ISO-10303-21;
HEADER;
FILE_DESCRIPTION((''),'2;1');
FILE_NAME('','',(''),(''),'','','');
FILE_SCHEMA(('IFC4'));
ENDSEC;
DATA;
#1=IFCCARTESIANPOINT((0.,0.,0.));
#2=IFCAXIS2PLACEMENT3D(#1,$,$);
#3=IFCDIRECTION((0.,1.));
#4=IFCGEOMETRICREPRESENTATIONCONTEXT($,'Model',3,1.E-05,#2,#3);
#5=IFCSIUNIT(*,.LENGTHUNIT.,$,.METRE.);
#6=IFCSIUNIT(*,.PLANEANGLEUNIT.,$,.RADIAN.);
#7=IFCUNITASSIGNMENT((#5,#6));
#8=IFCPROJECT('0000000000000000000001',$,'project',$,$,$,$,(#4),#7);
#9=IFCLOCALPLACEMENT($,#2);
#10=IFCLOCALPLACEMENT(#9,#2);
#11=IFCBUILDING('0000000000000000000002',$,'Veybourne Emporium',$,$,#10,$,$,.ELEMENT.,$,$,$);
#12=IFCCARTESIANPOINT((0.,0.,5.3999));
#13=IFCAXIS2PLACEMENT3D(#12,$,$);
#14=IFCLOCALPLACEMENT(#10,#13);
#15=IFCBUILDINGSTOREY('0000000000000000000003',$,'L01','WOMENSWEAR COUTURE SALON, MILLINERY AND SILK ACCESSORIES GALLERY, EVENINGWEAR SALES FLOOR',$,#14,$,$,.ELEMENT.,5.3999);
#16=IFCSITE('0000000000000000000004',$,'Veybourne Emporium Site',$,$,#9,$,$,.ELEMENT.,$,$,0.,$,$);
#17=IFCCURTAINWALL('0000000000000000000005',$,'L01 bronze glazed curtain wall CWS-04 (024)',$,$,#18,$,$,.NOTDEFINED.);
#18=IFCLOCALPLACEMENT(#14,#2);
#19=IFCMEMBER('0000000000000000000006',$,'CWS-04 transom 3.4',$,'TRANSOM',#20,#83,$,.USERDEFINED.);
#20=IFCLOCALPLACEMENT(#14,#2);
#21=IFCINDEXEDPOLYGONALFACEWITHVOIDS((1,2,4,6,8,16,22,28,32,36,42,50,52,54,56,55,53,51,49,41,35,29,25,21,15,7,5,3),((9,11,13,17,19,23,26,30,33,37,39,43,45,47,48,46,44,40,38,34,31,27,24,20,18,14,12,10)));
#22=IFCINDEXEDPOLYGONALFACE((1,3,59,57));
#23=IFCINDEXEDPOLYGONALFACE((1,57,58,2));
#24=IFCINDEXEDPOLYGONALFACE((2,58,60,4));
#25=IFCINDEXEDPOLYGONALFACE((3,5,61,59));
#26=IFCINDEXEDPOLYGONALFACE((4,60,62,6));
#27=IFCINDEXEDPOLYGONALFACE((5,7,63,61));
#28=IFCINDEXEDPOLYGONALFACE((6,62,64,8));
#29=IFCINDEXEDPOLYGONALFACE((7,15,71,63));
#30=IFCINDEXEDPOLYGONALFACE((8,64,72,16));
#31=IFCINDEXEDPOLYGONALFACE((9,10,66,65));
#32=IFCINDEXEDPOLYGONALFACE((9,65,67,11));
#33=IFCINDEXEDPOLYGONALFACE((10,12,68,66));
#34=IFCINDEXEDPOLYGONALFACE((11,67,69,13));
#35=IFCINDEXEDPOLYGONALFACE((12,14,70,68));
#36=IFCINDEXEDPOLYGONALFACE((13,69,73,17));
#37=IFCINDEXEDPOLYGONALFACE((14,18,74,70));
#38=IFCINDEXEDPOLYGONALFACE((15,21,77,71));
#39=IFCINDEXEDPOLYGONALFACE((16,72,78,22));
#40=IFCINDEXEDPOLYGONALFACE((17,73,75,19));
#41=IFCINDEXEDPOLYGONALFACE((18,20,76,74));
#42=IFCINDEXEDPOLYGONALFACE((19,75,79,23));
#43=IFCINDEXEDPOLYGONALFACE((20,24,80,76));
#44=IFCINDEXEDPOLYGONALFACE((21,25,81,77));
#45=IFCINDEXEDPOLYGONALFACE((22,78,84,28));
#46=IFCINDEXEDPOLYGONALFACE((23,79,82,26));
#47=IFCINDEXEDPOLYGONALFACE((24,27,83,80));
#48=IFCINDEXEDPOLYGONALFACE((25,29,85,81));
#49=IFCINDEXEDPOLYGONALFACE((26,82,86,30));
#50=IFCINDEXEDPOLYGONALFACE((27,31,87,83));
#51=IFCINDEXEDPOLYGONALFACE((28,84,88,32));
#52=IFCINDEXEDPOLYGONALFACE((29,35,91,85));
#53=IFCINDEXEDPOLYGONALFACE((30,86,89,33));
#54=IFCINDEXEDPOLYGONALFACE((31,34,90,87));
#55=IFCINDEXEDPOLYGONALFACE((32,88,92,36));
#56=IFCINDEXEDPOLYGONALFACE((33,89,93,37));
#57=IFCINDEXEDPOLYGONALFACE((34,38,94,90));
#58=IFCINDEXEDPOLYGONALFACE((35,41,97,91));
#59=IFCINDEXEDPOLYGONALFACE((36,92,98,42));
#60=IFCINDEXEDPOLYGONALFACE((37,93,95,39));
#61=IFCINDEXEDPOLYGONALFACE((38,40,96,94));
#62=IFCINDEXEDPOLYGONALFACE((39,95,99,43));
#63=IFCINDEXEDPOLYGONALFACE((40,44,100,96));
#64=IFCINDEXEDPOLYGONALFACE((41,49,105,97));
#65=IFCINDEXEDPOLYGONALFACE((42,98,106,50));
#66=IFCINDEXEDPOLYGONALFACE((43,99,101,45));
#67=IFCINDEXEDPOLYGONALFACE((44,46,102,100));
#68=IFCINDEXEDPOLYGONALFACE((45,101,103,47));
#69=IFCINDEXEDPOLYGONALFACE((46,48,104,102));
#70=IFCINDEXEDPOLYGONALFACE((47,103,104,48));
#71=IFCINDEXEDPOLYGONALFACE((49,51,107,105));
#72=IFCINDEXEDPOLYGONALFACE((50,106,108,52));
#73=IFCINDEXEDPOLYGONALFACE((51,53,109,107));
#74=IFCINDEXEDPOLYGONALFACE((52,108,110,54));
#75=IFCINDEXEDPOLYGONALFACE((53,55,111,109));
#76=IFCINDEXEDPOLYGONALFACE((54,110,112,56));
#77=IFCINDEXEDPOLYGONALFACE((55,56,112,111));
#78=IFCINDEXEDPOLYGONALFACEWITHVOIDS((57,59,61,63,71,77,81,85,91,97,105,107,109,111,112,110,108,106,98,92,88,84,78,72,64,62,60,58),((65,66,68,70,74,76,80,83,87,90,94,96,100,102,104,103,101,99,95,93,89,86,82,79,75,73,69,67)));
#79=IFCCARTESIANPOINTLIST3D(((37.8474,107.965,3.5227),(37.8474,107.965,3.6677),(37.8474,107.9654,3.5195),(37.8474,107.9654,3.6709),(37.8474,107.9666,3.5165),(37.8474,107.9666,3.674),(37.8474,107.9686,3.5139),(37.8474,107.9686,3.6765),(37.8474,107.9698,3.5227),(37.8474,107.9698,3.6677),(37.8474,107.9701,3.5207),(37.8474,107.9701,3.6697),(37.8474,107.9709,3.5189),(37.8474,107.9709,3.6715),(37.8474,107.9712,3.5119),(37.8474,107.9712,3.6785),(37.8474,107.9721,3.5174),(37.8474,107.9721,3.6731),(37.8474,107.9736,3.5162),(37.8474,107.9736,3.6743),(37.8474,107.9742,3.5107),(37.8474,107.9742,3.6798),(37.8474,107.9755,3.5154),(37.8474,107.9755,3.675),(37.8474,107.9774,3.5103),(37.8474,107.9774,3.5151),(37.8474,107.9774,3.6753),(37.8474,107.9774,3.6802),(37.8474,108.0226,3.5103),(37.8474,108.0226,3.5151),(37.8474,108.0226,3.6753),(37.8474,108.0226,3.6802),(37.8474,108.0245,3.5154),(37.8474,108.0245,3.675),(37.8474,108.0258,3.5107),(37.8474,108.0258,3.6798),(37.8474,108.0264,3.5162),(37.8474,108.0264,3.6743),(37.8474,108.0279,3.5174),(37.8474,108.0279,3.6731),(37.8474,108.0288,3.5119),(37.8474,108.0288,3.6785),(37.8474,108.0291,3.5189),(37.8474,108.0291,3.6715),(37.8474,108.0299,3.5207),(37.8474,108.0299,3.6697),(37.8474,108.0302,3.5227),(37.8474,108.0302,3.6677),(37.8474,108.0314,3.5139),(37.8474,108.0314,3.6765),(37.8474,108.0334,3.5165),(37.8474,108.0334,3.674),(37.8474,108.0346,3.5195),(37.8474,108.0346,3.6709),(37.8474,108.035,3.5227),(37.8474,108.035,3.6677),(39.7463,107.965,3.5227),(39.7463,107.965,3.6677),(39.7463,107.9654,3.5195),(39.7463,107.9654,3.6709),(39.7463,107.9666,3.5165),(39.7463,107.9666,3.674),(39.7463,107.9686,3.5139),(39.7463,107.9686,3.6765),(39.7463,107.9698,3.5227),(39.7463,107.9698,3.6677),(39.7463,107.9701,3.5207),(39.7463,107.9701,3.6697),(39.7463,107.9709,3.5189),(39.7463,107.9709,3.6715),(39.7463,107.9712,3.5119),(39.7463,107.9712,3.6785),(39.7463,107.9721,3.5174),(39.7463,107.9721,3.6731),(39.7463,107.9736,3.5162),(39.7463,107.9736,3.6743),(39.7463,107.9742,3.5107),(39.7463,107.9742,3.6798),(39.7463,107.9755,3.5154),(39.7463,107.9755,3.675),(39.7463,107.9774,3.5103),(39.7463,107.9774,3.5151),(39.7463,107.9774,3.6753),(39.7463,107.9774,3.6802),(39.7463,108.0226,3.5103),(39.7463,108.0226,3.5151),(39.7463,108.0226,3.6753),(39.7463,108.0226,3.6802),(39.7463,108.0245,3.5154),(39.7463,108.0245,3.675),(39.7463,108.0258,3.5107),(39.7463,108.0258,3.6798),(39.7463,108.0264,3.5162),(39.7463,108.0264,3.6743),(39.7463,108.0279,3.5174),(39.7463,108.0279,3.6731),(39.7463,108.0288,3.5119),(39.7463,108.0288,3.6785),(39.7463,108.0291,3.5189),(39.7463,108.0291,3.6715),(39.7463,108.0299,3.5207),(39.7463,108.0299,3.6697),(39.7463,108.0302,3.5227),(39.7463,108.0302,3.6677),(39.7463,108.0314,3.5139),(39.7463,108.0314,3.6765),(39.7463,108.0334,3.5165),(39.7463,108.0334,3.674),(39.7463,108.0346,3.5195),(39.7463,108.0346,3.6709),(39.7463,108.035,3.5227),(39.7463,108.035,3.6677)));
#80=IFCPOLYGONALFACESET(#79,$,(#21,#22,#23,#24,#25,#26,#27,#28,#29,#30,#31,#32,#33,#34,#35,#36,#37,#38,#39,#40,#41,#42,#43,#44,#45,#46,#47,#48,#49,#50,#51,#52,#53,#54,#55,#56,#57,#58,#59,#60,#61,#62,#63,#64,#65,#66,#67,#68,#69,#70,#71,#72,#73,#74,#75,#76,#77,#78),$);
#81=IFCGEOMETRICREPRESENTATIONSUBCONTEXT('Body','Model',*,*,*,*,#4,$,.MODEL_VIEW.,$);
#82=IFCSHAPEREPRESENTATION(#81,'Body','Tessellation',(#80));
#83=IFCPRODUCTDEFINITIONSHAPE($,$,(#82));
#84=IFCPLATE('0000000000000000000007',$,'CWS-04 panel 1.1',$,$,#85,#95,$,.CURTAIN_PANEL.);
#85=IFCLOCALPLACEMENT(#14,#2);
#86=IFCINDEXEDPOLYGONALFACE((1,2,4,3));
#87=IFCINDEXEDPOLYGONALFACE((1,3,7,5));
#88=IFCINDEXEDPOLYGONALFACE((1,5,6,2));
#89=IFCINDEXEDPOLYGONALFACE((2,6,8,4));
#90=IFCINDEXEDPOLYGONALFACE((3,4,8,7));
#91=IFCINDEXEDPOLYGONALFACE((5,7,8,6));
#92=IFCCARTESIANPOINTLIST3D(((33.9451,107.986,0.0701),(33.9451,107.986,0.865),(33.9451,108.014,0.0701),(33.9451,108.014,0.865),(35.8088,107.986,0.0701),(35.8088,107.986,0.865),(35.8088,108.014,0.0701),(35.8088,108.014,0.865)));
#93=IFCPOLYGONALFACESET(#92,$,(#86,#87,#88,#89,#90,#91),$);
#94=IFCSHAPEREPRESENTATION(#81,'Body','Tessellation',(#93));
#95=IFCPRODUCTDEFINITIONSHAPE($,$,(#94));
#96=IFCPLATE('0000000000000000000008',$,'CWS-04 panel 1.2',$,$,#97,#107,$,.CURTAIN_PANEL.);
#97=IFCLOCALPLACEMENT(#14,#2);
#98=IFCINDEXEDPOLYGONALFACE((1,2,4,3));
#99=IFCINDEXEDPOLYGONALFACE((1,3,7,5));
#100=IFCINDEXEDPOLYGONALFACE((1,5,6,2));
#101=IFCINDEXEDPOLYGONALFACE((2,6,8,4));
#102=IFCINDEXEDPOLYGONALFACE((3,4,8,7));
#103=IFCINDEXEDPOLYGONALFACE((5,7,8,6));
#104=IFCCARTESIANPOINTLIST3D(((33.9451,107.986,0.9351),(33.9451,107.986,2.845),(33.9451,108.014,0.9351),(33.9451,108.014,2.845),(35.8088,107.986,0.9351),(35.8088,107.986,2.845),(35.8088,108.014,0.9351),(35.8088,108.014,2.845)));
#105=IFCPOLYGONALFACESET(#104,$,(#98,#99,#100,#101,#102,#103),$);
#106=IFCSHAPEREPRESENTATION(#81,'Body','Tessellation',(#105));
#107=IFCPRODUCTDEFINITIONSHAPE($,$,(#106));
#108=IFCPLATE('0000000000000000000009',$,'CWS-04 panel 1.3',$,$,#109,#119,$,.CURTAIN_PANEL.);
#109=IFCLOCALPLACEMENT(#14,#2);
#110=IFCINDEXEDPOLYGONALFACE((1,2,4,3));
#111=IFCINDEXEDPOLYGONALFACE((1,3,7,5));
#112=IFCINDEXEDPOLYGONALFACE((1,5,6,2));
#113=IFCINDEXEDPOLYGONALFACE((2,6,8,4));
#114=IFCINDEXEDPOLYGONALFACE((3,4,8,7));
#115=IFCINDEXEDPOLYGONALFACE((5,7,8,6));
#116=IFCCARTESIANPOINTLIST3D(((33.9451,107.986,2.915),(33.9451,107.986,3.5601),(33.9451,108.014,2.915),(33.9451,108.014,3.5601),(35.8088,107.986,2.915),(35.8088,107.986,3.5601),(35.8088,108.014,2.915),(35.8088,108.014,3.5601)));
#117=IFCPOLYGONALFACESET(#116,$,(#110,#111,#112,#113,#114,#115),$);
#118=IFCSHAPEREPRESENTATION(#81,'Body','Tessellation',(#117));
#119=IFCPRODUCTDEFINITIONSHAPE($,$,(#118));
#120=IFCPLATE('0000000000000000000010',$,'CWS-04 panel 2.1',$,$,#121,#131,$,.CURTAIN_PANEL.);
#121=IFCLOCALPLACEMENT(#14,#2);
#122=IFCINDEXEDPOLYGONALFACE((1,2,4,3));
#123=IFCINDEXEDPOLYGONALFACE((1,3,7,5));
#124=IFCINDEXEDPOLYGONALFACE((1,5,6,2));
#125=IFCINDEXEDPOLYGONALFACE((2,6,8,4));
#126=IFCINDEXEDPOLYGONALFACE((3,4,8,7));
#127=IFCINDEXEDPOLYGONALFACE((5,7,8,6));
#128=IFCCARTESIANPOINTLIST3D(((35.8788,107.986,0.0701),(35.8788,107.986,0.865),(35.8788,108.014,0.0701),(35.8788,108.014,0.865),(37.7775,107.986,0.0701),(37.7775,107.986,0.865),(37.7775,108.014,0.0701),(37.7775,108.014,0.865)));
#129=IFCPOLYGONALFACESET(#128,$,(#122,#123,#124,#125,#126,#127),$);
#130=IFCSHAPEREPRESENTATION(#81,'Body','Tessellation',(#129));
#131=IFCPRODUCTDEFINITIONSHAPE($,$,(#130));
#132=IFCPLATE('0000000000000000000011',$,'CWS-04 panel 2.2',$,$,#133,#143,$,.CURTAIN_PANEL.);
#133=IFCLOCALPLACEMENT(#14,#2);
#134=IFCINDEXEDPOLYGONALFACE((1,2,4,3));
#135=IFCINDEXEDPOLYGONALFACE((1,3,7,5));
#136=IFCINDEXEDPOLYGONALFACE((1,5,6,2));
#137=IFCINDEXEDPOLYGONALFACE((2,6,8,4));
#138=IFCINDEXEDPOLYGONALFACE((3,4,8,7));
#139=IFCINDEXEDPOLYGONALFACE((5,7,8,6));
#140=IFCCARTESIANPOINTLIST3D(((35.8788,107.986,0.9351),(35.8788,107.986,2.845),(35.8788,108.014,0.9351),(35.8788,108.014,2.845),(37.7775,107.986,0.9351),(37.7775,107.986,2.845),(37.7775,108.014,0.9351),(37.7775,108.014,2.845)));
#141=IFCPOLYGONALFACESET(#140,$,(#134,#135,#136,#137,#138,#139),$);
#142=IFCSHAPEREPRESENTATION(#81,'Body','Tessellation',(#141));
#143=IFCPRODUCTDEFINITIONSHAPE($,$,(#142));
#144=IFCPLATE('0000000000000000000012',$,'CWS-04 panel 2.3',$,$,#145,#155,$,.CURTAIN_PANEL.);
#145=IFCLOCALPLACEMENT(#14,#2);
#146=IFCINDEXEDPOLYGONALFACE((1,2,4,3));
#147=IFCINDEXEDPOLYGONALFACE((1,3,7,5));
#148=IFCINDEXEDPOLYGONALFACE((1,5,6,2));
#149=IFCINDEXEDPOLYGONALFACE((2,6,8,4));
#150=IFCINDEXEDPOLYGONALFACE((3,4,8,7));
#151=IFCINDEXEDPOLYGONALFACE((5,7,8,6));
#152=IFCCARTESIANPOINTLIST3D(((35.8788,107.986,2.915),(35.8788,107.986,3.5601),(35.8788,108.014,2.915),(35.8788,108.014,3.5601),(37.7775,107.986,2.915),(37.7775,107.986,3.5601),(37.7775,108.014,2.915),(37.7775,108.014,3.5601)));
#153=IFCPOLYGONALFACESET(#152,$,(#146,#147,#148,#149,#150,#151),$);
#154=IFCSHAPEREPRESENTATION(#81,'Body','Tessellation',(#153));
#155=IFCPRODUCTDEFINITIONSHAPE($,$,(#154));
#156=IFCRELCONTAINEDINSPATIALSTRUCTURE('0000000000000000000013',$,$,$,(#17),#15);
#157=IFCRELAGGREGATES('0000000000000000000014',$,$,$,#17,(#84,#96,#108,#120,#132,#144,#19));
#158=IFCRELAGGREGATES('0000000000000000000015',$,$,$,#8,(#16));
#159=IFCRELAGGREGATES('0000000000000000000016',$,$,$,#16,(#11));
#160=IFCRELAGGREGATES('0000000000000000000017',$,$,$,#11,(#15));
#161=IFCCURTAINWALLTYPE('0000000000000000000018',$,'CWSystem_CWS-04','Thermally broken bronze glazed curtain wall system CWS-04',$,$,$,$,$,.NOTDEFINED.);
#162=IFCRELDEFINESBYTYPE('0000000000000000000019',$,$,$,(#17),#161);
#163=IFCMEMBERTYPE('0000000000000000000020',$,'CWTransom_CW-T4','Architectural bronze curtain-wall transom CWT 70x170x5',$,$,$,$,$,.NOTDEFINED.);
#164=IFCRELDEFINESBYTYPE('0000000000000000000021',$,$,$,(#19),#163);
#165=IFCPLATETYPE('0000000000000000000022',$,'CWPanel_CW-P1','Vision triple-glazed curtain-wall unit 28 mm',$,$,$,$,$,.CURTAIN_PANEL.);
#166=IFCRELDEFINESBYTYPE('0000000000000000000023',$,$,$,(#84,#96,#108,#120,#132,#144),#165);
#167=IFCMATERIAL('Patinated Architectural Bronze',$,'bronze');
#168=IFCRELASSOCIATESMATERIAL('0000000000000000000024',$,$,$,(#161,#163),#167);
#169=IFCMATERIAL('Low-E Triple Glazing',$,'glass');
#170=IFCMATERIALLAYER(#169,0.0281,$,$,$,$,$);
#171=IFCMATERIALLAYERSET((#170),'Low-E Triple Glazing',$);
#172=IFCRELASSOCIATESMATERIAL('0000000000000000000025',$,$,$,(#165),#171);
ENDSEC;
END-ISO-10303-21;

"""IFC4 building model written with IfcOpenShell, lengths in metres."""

from ifc_helpers import new_model, si_unit, direction, frame, origin, origin_2d, place, context, subcontext, project, spatial, rectangle, hollow_rectangle, extrude, material, layer, layer_set, material_profile, profile_set, type_object, element, aggregate, save


model = new_model("IFC4")

# Units and contexts
model_context = context("Model", 3, precision=1e-05, world=origin(), true_north=direction((0.0, 1.0)))
body_context = subcontext(model_context, "Body", "Model", "MODEL_VIEW")
ifc_project = project(units=[si_unit("LENGTHUNIT", "METRE"), si_unit("PLANEANGLEUNIT", "RADIAN")], contexts=[model_context])

# Site, building, storey
site_placement = place(None, origin())
site = spatial("IfcSite", under=ifc_project, at=site_placement, Name="Veybourne Emporium Site", CompositionType="ELEMENT", RefElevation=0.0)
building_placement = place(site_placement, origin())
building = spatial("IfcBuilding", under=site, at=building_placement, Name="Veybourne Emporium", CompositionType="ELEMENT")
storey_placement = place(building_placement, frame((0.0, 0.0, 5.3999)))
storey = spatial("IfcBuildingStorey", under=building, at=storey_placement, Name="L01", Description="WOMENSWEAR COUTURE SALON, MILLINERY AND SILK ACCESSORIES GALLERY, EVENINGWEAR SALES FLOOR", CompositionType="ELEMENT", Elevation=5.3999)

# Curtain wall, member, plates
ifc_material_1 = material(Name="Patinated Architectural Bronze", Category="bronze")
curtain_wall_type = type_object("IfcCurtainWallType", Name="CWSystem_CWS-04", Description="Thermally broken bronze glazed curtain wall system CWS-04", PredefinedType="NOTDEFINED", material=ifc_material_1)
curtain_wall_placement = place(storey_placement, origin())
curtain_wall = element("IfcCurtainWall", 1, at=curtain_wall_placement, inside=storey, type_object=curtain_wall_type, Name="L01 bronze glazed curtain wall CWS-04 (024)", PredefinedType="NOTDEFINED")
ifc_material_profile_1 = material_profile(ifc_material_1, hollow_rectangle(XDim=0.0701, YDim=0.1699, WallThickness=0.0049, InnerFilletRadius=0.0076, OuterFilletRadius=0.0125, at=origin_2d()), Name="CWT 70x170x5")
ifc_profile_set_1 = profile_set([ifc_material_profile_1], Name="Patinated Architectural Bronze")
member_type_1 = type_object("IfcMemberType", Name="CWTransom_CW-T4", Description="Architectural bronze curtain-wall transom CWT 70x170x5", PredefinedType="NOTDEFINED", material=ifc_profile_set_1)
member_1_placement = place(storey_placement, frame((37.8474, 108.0, 3.5952), z_axis=(1.0, 0.0, 0.0), x_axis=(0.0, 1.0, 0.0)))
member_1 = element("IfcMember", 2, at=member_1_placement, type_object=member_type_1, Name="CWS-04 transom 3.4", ObjectType="TRANSOM", PredefinedType="USERDEFINED", context=body_context, shape_type="SweptSolid", body=[
    extrude(hollow_rectangle(XDim=0.0701, YDim=0.1699, WallThickness=0.0049, InnerFilletRadius=0.0076, OuterFilletRadius=0.0125, at=origin_2d()), origin(), (0.0, 0.0, 1.0), 1.8989),
])
ifc_material_2 = material(Name="Low-E Triple Glazing", Category="glass")
ifc_layer_1 = layer(ifc_material_2, 0.0281)
ifc_layer_set_1 = layer_set([ifc_layer_1], Name="Low-E Triple Glazing")
plate_type = type_object("IfcPlateType", Name="CWPanel_CW-P1", Description="Vision triple-glazed curtain-wall unit 28 mm", PredefinedType="CURTAIN_PANEL", material=ifc_layer_set_1)
plate_1_placement = place(storey_placement, frame((34.877, 108.0, 0.0701), z_axis=(0.0, 0.0, 1.0), x_axis=(1.0, 0.0, 0.0)))
plate_1 = element("IfcPlate", 3, at=plate_1_placement, type_object=plate_type, Name="CWS-04 panel 1.1", PredefinedType="CURTAIN_PANEL", context=body_context, shape_type="SweptSolid", body=[
    extrude(rectangle(XDim=1.8638, YDim=0.0281, at=origin_2d()), origin(), (0.0, 0.0, 1.0), 0.7949),
])
plate_2_placement = place(storey_placement, frame((34.877, 108.0, 0.9351), z_axis=(0.0, 0.0, 1.0), x_axis=(1.0, 0.0, 0.0)))
plate_2 = element("IfcPlate", 4, at=plate_2_placement, type_object=plate_type, Name="CWS-04 panel 1.2", PredefinedType="CURTAIN_PANEL", context=body_context, shape_type="SweptSolid", body=[
    extrude(rectangle(XDim=1.8638, YDim=0.0281, at=origin_2d()), origin(), (0.0, 0.0, 1.0), 1.9099),
])
plate_3_placement = place(storey_placement, frame((34.877, 108.0, 2.915), z_axis=(0.0, 0.0, 1.0), x_axis=(1.0, 0.0, 0.0)))
plate_3 = element("IfcPlate", 5, at=plate_3_placement, type_object=plate_type, Name="CWS-04 panel 1.3", PredefinedType="CURTAIN_PANEL", context=body_context, shape_type="SweptSolid", body=[
    extrude(rectangle(XDim=1.8638, YDim=0.0281, at=origin_2d()), origin(), (0.0, 0.0, 1.0), 0.645),
])
plate_4_placement = place(storey_placement, frame((36.8281, 108.0, 0.0701), z_axis=(0.0, 0.0, 1.0), x_axis=(1.0, 0.0, 0.0)))
plate_4 = element("IfcPlate", 6, at=plate_4_placement, type_object=plate_type, Name="CWS-04 panel 2.1", PredefinedType="CURTAIN_PANEL", context=body_context, shape_type="SweptSolid", body=[
    extrude(rectangle(XDim=1.8987, YDim=0.0281, at=origin_2d()), origin(), (0.0, 0.0, 1.0), 0.7949),
])
plate_5_placement = place(storey_placement, frame((36.8281, 108.0, 0.9351), z_axis=(0.0, 0.0, 1.0), x_axis=(1.0, 0.0, 0.0)))
plate_5 = element("IfcPlate", 7, at=plate_5_placement, type_object=plate_type, Name="CWS-04 panel 2.2", PredefinedType="CURTAIN_PANEL", context=body_context, shape_type="SweptSolid", body=[
    extrude(rectangle(XDim=1.8987, YDim=0.0281, at=origin_2d()), origin(), (0.0, 0.0, 1.0), 1.9099),
])
plate_6_placement = place(storey_placement, frame((36.8281, 108.0, 2.915), z_axis=(0.0, 0.0, 1.0), x_axis=(1.0, 0.0, 0.0)))
plate_6 = element("IfcPlate", 8, at=plate_6_placement, type_object=plate_type, Name="CWS-04 panel 2.3", PredefinedType="CURTAIN_PANEL", context=body_context, shape_type="SweptSolid", body=[
    extrude(rectangle(XDim=1.8987, YDim=0.0281, at=origin_2d()), origin(), (0.0, 0.0, 1.0), 0.645),
])
aggregate(curtain_wall, [plate_1, plate_2, plate_3, plate_4, plate_5, plate_6, member_1])

save(model, "model.ifc")
